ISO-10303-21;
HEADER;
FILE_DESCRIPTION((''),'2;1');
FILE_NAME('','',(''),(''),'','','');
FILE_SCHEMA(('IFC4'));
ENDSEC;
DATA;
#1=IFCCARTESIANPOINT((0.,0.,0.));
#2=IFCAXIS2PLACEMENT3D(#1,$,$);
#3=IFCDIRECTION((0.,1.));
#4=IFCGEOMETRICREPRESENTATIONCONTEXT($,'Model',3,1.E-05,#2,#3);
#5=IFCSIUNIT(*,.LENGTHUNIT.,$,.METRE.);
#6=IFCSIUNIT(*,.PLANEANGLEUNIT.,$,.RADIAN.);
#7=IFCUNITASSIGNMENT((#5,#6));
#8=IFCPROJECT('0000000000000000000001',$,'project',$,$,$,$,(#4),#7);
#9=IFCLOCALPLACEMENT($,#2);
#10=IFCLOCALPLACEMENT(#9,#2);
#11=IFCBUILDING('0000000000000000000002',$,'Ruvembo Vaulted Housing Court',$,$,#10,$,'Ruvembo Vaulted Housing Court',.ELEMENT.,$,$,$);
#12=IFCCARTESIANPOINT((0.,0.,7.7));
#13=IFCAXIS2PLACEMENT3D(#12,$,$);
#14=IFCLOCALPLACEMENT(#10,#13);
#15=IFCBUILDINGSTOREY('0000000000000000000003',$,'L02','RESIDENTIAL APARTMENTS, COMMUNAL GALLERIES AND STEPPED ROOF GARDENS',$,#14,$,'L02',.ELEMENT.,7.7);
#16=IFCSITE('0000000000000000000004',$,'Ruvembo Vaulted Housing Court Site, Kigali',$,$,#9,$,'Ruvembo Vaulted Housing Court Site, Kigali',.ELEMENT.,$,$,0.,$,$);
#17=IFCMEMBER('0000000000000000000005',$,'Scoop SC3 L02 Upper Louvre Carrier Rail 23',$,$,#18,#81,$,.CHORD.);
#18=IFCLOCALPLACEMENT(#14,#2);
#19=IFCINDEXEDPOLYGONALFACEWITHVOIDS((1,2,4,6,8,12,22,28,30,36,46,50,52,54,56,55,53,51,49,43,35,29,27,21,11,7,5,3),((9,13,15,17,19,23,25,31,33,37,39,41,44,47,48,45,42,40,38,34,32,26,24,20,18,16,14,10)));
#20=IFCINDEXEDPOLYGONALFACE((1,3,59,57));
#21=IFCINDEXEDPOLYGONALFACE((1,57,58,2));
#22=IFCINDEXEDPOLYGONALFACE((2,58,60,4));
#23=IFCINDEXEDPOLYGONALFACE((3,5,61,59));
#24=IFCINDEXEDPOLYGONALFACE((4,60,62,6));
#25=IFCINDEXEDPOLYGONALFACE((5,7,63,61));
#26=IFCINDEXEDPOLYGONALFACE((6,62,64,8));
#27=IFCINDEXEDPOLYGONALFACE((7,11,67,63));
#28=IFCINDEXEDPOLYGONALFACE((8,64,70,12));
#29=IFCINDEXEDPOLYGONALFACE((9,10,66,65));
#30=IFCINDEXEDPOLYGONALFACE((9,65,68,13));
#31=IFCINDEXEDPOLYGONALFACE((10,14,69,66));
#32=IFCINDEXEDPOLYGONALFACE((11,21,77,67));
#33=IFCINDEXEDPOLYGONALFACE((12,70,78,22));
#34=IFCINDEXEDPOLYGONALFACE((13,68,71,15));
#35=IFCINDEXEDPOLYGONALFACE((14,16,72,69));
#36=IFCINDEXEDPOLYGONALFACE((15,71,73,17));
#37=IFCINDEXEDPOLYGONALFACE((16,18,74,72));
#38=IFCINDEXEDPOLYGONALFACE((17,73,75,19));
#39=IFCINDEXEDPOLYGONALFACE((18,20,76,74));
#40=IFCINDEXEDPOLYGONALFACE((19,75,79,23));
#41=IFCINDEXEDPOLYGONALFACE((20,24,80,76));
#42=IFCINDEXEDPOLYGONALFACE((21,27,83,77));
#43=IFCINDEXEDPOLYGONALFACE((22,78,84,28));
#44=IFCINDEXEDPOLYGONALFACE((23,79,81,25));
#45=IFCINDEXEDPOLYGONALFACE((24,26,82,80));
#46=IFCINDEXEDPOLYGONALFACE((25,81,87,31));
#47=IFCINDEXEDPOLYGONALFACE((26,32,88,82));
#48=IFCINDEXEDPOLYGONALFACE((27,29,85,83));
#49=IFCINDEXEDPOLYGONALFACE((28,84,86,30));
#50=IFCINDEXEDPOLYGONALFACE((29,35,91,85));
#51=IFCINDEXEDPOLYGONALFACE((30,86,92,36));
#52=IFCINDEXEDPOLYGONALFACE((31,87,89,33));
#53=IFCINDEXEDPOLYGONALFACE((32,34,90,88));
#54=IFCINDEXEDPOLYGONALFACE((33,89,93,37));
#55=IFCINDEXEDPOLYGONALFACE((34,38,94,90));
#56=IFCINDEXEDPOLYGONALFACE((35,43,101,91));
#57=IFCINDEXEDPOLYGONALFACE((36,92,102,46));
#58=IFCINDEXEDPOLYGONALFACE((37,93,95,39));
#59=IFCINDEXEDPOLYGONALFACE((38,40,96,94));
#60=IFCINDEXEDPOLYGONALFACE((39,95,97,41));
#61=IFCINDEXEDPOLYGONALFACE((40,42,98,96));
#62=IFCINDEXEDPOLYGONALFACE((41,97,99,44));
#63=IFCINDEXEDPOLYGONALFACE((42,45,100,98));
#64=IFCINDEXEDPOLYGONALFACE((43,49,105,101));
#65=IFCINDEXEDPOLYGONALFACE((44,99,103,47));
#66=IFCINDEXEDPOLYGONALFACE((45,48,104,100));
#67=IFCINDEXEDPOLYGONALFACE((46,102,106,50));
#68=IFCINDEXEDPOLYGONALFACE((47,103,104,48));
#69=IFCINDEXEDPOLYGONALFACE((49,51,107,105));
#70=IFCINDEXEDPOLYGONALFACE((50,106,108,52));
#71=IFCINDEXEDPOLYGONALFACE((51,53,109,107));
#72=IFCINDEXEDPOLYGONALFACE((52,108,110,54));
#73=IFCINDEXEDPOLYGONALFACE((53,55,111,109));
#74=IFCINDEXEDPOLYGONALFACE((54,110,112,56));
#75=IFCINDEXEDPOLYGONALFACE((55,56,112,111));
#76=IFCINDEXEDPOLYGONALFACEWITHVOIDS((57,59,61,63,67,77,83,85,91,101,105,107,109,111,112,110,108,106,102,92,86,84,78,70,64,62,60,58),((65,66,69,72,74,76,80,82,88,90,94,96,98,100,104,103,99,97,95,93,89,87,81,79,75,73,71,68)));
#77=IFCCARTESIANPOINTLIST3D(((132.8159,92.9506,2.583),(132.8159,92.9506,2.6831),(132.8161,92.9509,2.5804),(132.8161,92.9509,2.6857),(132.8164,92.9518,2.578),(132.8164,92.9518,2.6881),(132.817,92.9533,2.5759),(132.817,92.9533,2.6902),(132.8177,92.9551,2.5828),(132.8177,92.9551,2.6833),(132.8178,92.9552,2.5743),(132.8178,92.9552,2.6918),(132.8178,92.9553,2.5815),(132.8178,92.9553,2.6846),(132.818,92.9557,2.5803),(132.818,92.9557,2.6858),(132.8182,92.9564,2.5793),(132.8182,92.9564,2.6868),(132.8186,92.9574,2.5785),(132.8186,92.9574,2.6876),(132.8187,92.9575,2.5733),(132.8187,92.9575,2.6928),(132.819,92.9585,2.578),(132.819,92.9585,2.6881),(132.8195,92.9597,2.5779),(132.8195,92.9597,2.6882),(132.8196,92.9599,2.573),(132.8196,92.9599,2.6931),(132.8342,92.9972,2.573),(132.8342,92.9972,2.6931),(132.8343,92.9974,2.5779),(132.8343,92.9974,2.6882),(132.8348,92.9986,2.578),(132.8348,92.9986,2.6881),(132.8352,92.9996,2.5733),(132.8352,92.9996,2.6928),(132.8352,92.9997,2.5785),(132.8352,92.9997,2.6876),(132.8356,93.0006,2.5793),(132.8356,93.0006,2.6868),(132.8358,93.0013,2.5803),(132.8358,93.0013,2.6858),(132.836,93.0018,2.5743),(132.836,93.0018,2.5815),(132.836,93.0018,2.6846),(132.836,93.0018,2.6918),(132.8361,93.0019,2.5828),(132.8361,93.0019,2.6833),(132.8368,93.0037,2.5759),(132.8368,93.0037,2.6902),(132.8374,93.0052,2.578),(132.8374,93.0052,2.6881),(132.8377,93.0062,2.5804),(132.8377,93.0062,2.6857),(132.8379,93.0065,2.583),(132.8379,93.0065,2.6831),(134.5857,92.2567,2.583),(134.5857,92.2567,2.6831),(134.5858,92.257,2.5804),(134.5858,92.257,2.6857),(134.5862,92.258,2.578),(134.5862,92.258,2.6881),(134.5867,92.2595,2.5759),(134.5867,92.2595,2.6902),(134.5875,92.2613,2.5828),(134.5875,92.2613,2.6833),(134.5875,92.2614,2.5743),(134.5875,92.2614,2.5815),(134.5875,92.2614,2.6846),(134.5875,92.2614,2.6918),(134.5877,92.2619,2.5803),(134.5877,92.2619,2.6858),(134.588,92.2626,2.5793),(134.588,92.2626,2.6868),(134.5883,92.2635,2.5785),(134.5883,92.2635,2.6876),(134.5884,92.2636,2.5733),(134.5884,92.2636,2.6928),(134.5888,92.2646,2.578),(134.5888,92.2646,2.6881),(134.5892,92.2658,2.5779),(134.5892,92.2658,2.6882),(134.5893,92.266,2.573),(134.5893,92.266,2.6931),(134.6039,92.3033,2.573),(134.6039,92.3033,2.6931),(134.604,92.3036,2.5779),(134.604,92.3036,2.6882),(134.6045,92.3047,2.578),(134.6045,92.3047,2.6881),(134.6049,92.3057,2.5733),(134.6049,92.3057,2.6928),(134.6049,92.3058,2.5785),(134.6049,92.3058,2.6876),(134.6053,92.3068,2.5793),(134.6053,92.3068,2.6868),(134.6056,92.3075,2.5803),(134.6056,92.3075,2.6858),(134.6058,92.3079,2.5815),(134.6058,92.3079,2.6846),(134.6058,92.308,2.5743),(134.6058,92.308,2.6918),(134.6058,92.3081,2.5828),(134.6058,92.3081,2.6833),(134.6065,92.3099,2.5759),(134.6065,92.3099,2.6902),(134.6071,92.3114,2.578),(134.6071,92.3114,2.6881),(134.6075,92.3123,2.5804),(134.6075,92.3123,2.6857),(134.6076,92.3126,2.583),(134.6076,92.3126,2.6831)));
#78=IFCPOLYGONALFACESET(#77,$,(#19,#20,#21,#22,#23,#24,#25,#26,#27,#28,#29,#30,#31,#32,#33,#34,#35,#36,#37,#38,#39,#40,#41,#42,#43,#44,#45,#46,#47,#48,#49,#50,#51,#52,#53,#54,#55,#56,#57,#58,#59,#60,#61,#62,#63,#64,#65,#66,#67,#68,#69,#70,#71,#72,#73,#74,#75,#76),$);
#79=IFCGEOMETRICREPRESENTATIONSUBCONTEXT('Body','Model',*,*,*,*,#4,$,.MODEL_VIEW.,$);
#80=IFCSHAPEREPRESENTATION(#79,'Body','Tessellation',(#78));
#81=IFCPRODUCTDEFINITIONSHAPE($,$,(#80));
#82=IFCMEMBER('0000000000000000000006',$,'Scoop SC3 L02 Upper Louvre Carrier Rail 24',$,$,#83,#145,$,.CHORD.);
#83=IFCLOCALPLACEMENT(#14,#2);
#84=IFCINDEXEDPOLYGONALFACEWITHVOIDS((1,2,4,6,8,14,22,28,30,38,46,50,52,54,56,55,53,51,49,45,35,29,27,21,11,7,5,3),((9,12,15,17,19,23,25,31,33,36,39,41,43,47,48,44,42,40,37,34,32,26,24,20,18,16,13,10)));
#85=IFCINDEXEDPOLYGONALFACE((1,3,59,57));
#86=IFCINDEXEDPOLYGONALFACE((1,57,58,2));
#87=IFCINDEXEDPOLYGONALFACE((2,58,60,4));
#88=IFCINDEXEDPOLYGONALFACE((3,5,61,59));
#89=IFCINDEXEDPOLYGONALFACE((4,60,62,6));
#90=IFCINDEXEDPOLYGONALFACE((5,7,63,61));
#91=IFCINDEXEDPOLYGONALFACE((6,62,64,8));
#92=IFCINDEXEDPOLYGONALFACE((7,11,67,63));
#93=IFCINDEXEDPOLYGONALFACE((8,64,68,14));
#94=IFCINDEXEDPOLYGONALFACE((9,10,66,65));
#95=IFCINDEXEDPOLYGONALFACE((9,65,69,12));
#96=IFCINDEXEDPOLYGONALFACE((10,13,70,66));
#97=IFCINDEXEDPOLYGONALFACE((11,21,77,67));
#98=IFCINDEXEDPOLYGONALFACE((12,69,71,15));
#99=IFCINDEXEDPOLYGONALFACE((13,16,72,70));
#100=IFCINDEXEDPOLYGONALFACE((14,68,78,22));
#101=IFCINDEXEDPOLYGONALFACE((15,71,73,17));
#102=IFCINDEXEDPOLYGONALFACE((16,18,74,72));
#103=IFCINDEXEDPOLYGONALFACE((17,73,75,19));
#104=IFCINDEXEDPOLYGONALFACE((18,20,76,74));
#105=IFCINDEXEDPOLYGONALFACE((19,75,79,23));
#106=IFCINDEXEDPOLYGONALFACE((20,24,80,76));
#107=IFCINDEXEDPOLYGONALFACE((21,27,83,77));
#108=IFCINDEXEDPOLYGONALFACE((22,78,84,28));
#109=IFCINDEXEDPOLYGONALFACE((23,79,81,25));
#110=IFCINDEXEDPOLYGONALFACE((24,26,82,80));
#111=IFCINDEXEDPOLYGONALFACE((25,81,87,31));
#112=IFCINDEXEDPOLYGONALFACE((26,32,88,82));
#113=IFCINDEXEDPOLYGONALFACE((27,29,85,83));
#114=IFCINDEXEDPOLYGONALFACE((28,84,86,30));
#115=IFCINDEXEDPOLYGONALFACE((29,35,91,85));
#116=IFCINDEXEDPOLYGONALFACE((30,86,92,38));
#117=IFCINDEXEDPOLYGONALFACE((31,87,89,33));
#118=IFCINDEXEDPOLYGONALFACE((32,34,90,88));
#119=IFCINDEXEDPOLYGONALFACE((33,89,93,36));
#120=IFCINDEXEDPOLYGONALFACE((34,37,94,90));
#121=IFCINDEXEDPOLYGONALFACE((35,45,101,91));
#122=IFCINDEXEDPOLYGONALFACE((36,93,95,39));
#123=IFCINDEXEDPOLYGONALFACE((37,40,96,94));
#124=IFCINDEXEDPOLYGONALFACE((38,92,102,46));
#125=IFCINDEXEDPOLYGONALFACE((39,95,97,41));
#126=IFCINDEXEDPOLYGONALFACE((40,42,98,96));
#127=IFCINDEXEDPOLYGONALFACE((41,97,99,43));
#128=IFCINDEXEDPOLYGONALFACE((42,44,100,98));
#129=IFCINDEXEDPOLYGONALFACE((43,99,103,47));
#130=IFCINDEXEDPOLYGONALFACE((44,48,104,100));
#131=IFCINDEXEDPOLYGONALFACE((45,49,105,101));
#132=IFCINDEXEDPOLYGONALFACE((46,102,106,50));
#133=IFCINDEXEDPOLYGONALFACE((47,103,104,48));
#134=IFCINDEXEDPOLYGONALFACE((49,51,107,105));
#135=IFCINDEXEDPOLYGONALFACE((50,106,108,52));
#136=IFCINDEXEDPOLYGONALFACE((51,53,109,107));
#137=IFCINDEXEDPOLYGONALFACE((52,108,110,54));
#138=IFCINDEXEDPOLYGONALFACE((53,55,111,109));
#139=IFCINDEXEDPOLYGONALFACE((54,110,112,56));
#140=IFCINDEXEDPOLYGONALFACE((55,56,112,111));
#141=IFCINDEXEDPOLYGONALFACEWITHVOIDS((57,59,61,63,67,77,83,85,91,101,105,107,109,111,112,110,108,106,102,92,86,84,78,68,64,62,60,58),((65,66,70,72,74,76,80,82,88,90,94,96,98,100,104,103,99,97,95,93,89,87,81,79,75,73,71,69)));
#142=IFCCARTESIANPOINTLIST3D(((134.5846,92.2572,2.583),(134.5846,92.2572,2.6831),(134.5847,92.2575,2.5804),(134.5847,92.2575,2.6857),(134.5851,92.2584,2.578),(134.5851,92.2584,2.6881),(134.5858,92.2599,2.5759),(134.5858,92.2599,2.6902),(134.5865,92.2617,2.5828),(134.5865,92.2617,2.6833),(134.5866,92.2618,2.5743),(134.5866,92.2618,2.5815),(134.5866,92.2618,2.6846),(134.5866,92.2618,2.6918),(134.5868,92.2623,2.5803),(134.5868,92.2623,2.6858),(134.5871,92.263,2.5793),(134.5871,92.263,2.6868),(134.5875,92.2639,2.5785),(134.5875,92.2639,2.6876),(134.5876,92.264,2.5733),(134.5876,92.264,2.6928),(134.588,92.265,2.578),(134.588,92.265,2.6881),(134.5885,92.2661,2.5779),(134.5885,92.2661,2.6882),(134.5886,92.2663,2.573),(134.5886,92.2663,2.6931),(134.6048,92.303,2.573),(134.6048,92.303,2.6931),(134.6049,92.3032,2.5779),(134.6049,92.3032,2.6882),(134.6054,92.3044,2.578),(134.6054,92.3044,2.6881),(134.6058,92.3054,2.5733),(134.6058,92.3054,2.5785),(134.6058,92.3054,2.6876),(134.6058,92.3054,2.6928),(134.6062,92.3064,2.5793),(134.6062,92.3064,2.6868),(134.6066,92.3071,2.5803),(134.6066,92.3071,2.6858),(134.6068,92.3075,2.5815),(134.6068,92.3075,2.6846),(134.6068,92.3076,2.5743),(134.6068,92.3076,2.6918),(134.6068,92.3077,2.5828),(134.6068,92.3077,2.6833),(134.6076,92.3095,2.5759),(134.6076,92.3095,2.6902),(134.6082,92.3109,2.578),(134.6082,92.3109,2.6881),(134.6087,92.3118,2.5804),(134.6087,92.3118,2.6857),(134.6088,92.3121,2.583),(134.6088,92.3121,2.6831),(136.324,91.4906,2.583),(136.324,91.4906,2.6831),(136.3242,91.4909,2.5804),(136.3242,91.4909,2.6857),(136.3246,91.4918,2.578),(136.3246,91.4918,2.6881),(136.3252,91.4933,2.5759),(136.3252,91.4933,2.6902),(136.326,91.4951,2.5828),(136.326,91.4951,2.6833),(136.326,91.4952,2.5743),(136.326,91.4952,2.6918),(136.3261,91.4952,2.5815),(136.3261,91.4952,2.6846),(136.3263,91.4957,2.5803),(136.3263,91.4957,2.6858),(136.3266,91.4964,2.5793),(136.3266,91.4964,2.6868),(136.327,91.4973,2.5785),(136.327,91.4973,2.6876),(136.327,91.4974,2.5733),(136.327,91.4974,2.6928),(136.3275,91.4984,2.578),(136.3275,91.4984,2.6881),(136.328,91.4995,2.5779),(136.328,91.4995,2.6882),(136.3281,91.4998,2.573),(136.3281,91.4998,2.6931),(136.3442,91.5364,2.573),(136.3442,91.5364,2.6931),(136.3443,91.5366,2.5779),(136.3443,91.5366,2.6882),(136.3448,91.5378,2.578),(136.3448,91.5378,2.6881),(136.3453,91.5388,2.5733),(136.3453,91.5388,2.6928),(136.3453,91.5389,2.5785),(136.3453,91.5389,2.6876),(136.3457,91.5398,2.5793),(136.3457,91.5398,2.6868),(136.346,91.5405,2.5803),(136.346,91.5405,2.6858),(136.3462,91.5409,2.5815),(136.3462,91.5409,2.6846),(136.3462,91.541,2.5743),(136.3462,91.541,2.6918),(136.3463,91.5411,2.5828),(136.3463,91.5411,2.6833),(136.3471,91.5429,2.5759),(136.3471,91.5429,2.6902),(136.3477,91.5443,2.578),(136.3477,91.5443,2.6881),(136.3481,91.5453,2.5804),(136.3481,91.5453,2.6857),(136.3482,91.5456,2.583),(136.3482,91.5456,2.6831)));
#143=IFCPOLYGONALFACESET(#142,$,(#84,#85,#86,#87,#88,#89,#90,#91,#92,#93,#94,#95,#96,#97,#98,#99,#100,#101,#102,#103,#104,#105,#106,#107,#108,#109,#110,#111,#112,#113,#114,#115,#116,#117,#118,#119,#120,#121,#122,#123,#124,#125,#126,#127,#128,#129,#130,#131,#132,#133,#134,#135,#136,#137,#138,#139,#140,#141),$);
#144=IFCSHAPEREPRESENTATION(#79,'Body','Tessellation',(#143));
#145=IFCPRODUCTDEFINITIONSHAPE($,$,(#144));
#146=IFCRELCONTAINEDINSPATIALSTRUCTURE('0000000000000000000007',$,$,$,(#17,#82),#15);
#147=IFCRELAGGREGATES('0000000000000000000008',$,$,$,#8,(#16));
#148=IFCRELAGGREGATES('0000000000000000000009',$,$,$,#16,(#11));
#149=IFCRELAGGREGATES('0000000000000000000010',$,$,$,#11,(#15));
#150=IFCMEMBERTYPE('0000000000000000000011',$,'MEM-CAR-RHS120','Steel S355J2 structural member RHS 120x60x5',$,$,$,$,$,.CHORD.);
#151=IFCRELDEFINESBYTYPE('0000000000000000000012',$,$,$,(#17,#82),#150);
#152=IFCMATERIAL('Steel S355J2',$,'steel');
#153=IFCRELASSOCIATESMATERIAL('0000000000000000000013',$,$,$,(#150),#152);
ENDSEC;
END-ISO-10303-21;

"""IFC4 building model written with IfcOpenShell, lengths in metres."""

from ifc_helpers import new_model, si_unit, direction, frame, origin, origin_2d, place, context, subcontext, project, spatial, hollow_rectangle, extrude, material, material_profile, profile_set, type_object, element, save


model = new_model("IFC4")

# Units and contexts
model_context = context("Model", 3, precision=1e-05, world=origin(), true_north=direction((0.0, 1.0)))
body_context = subcontext(model_context, "Body", "Model", "MODEL_VIEW")
ifc_project = project(units=[si_unit("LENGTHUNIT", "METRE"), si_unit("PLANEANGLEUNIT", "RADIAN")], contexts=[model_context])

# Site, building, storey
site_placement = place(None, origin())
site = spatial("IfcSite", under=ifc_project, at=site_placement, Name="Ruvembo Vaulted Housing Court Site, Kigali", LongName="Ruvembo Vaulted Housing Court Site, Kigali", CompositionType="ELEMENT", RefElevation=0.0)
building_placement = place(site_placement, origin())
building = spatial("IfcBuilding", under=site, at=building_placement, Name="Ruvembo Vaulted Housing Court", LongName="Ruvembo Vaulted Housing Court", CompositionType="ELEMENT")
storey_placement = place(building_placement, frame((0.0, 0.0, 7.7)))
storey = spatial("IfcBuildingStorey", under=building, at=storey_placement, Name="L02", Description="RESIDENTIAL APARTMENTS, COMMUNAL GALLERIES AND STEPPED ROOF GARDENS", LongName="L02", CompositionType="ELEMENT", Elevation=7.7)

# Shared definitions
ifc_material_1 = material(Name="Steel S355J2", Category="steel")

# Members
ifc_material_profile_1 = material_profile(ifc_material_1, hollow_rectangle(XDim=0.0601, YDim=0.1201, WallThickness=0.0049, InnerFilletRadius=0.0049, OuterFilletRadius=0.01, at=origin_2d()), Name="RHS 120x60x5")
ifc_profile_set_1 = profile_set([ifc_material_profile_1], Name="Steel S355J2")
member_type_1 = type_object("IfcMemberType", Name="MEM-CAR-RHS120", Description="Steel S355J2 structural member RHS 120x60x5", PredefinedType="CHORD", material=ifc_profile_set_1)
for number, where, z_axis, x_axis, name in (
    (1, (132.8269, 92.9785, 2.6331), (0.931006, -0.365005, 0.0), (0.365005, 0.931006, 0.0), "Scoop SC3 L02 Upper Louvre Carrier Rail 23"),
    (2, (134.5967, 92.2847, 2.6331), (0.915078, -0.403277, 0.0), (0.403277, 0.915078, 0.0), "Scoop SC3 L02 Upper Louvre Carrier Rail 24"),
):
    element("IfcMember", number, at=place(storey_placement, frame(where, z_axis=z_axis, x_axis=x_axis)), inside=storey, type_object=member_type_1, Name=name, PredefinedType="CHORD", context=body_context, shape_type="SweptSolid", body=[
        extrude(hollow_rectangle(XDim=0.0601, YDim=0.1201, WallThickness=0.0049, InnerFilletRadius=0.0049, OuterFilletRadius=0.01, at=origin_2d()), origin(), (0.0, 0.0, 1.0), 1.9009),
    ])

save(model, "model.ifc")
